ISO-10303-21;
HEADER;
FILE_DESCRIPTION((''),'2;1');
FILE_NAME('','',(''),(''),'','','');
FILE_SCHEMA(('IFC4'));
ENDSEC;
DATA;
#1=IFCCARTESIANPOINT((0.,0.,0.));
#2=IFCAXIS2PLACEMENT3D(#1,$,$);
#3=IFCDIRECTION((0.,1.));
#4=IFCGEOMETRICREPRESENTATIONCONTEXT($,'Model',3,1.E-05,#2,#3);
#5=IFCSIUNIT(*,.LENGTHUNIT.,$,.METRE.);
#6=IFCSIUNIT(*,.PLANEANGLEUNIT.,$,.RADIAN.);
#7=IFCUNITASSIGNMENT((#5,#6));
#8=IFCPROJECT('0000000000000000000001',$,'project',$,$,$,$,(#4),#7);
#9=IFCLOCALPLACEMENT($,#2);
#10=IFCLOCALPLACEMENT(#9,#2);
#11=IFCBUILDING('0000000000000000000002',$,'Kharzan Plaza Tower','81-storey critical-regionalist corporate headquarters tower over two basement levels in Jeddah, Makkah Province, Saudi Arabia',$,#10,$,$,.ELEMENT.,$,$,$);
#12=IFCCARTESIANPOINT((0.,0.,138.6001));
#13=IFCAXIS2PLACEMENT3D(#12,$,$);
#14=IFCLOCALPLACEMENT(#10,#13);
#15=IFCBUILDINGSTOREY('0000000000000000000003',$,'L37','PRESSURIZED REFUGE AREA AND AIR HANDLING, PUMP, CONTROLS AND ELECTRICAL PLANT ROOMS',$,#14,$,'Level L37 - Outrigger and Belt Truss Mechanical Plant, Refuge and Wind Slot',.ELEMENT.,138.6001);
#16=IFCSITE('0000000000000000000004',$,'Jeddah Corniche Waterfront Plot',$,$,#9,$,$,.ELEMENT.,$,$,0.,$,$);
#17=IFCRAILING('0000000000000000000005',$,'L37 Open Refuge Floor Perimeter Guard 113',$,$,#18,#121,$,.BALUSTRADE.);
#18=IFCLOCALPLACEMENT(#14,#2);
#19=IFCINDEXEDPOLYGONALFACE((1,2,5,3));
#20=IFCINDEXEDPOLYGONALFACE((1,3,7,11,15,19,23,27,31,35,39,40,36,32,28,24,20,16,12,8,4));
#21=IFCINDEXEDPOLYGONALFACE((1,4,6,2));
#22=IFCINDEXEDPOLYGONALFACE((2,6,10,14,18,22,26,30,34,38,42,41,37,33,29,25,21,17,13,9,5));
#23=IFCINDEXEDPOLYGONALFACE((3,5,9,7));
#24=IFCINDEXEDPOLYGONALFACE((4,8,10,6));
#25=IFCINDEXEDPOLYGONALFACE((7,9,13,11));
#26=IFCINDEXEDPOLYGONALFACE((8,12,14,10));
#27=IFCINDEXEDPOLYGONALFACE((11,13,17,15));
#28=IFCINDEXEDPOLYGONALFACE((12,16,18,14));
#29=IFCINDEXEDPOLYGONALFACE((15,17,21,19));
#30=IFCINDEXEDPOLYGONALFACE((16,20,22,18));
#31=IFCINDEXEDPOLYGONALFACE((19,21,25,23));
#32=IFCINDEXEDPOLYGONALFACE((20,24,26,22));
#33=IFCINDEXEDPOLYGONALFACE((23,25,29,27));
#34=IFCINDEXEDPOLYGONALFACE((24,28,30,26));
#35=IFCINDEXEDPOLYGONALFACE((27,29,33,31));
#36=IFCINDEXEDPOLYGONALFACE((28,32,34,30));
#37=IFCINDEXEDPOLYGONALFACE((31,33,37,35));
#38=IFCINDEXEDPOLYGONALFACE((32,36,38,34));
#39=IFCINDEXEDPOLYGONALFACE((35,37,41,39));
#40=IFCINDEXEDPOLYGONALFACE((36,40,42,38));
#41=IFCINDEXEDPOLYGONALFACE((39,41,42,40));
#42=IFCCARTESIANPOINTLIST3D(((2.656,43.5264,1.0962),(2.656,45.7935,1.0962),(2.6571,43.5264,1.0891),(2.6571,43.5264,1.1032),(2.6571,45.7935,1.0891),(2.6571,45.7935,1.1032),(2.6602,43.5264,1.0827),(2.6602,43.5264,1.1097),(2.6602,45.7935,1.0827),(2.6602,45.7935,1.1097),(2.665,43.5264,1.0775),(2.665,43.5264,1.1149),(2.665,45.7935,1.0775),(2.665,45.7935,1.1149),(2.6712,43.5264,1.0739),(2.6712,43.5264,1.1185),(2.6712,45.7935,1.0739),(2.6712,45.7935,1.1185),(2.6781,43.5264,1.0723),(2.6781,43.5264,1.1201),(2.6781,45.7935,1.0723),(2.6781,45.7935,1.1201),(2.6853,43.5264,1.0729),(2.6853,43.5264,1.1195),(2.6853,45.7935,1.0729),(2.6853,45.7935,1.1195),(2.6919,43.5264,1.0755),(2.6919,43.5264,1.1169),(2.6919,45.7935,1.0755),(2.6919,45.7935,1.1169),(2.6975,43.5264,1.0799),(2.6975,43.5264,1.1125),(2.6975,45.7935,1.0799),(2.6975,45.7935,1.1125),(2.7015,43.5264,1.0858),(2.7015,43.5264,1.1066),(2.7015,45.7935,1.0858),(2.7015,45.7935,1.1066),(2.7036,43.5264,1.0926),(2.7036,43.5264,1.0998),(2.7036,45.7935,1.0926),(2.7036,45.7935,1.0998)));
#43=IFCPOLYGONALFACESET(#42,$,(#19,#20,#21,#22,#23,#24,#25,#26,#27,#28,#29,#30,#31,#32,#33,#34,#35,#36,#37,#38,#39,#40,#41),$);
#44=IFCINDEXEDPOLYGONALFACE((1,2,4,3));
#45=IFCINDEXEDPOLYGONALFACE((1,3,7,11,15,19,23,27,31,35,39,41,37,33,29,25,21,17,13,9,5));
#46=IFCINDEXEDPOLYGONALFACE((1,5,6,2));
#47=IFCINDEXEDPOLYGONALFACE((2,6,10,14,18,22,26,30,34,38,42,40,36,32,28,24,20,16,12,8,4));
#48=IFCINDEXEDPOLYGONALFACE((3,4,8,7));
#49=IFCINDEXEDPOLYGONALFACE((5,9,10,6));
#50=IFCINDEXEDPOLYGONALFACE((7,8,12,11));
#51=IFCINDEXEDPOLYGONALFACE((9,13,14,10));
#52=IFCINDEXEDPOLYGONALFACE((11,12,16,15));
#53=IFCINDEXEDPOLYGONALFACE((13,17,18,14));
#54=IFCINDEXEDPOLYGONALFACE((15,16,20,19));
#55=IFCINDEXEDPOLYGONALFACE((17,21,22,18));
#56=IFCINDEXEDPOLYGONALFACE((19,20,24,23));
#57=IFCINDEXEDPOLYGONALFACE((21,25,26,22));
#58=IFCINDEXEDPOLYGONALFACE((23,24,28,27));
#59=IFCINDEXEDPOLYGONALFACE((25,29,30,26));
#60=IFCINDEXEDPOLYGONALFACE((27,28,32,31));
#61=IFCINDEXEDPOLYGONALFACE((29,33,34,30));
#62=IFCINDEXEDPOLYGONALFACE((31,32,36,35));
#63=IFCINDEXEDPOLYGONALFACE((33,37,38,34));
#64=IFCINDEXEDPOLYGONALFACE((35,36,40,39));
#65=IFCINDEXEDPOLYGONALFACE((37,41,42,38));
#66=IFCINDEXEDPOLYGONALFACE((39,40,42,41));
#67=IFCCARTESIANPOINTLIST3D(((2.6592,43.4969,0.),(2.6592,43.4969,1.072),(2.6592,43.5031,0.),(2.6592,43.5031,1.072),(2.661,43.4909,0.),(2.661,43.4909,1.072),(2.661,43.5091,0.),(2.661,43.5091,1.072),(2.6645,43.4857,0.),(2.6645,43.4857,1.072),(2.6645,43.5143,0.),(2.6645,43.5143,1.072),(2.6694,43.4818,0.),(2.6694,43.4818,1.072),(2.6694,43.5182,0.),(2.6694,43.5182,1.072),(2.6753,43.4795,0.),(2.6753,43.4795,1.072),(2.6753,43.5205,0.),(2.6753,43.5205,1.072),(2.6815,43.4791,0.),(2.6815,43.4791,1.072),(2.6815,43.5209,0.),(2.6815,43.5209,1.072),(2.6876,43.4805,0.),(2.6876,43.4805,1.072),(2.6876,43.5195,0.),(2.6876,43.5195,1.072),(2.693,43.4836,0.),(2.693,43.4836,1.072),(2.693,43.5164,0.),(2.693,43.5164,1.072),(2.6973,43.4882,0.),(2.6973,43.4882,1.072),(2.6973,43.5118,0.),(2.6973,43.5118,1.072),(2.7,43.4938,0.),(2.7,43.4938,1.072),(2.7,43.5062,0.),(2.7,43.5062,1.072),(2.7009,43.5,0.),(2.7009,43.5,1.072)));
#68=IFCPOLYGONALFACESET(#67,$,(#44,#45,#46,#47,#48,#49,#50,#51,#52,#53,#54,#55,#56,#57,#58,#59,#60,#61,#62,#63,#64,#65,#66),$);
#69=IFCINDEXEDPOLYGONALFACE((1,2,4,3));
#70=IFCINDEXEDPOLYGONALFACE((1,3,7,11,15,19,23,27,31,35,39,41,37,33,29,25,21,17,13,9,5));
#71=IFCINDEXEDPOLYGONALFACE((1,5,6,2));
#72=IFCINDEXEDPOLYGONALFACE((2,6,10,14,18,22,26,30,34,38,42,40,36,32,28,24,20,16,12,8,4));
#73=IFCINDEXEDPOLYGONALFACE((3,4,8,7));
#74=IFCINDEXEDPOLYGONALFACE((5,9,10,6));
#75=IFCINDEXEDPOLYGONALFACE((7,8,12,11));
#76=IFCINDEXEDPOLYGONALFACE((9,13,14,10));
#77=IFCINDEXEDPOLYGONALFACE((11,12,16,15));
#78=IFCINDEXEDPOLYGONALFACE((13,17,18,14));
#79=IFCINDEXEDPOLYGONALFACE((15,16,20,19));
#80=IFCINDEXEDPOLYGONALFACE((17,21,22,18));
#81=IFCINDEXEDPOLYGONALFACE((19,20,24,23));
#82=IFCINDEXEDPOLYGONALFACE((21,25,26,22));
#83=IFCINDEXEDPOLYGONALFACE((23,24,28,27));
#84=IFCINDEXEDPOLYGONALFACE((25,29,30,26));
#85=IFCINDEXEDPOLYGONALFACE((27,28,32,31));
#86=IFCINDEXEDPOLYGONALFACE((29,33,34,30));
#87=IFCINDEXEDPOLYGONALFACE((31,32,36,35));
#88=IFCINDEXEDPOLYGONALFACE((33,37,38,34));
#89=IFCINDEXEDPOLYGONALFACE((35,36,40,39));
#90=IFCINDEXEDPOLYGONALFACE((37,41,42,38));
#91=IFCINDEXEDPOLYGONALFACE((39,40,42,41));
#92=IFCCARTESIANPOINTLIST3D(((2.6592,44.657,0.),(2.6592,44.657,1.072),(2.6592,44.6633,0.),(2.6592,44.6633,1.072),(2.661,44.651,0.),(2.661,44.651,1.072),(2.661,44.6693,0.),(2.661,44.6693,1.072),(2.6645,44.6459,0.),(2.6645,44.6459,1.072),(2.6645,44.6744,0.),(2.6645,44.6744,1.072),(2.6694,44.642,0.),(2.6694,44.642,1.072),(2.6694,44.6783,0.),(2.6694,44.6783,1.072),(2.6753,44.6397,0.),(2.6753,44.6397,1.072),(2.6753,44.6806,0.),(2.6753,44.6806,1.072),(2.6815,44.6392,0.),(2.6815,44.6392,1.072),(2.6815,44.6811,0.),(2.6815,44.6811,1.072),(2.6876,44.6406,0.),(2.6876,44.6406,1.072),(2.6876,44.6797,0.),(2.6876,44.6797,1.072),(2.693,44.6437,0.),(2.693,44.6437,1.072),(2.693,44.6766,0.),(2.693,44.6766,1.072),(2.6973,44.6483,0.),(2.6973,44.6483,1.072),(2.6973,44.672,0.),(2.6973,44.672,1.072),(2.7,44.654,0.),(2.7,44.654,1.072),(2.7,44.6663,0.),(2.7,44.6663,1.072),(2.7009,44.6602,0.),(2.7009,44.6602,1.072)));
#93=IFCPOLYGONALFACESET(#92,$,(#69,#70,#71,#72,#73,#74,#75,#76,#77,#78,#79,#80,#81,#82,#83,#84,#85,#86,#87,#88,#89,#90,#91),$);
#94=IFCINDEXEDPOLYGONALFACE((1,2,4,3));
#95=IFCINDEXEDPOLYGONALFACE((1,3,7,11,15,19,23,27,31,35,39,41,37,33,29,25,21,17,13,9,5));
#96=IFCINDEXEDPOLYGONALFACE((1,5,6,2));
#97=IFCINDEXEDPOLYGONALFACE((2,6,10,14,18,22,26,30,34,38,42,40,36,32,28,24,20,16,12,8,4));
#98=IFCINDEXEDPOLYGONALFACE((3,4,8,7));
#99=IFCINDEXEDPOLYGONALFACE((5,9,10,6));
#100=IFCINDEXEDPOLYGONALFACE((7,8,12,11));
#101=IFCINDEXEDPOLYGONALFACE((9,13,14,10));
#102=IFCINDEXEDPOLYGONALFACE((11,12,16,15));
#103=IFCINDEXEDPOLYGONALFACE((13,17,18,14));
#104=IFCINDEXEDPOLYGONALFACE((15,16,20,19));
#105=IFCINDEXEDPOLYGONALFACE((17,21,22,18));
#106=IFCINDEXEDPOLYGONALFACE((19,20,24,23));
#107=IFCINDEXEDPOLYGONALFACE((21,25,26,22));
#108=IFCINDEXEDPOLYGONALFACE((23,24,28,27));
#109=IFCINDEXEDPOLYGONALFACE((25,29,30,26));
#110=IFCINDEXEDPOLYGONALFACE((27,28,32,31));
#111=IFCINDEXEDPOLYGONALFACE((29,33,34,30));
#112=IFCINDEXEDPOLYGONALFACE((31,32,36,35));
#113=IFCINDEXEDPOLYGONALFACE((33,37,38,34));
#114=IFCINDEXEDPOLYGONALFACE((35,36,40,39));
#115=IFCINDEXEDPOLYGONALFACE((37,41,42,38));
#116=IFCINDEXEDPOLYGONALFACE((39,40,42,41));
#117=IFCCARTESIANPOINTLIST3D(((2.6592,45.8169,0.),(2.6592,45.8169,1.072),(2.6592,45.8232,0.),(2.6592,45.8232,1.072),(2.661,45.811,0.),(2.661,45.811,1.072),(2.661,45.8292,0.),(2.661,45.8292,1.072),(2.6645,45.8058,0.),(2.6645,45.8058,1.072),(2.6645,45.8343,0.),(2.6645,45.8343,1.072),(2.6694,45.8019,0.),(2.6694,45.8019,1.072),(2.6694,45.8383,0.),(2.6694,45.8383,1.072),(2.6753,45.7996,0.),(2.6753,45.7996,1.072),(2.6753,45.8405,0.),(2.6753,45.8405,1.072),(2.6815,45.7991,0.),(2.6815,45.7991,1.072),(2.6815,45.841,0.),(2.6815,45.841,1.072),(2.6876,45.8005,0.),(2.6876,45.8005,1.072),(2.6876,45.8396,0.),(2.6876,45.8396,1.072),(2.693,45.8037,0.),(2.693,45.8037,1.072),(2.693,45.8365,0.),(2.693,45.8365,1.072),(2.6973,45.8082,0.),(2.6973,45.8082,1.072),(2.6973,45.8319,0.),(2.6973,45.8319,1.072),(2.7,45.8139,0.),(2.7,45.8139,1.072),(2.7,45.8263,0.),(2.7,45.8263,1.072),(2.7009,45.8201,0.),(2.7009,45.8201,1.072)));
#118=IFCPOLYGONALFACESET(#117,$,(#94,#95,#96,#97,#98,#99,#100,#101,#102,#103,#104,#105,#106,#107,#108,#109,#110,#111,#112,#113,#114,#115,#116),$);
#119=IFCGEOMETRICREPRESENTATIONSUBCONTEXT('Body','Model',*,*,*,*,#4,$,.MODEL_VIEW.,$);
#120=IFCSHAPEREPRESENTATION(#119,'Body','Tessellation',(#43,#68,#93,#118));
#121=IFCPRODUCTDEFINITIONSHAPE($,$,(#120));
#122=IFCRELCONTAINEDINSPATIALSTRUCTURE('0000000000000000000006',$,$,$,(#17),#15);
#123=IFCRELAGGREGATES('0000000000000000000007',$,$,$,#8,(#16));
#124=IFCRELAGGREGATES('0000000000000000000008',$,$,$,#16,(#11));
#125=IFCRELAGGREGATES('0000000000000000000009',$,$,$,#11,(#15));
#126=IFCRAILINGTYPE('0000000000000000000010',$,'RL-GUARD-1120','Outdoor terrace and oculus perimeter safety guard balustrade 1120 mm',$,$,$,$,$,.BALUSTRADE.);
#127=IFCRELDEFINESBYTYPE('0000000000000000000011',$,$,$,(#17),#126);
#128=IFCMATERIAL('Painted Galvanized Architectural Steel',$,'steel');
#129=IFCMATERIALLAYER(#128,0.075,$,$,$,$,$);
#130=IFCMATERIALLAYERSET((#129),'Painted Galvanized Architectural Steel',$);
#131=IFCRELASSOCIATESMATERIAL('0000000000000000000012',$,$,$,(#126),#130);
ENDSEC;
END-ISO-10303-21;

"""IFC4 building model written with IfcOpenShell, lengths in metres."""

from ifc_helpers import new_model, si_unit, direction, frame, origin, origin_2d, place, context, subcontext, project, spatial, circle, extrude, source, transform, mapped, material, layer, layer_set, type_object, element, save


model = new_model("IFC4")

# Units and contexts
model_context = context("Model", 3, precision=1e-05, world=origin(), true_north=direction((0.0, 1.0)))
body_context = subcontext(model_context, "Body", "Model", "MODEL_VIEW")
ifc_project = project(units=[si_unit("LENGTHUNIT", "METRE"), si_unit("PLANEANGLEUNIT", "RADIAN")], contexts=[model_context])

# Site, building, storey
site_placement = place(None, origin())
site = spatial("IfcSite", under=ifc_project, at=site_placement, Name="Jeddah Corniche Waterfront Plot", CompositionType="ELEMENT", RefElevation=0.0)
building_placement = place(site_placement, origin())
building = spatial("IfcBuilding", under=site, at=building_placement, Name="Kharzan Plaza Tower", Description="81-storey critical-regionalist corporate headquarters tower over two basement levels in Jeddah, Makkah Province, Saudi Arabia", CompositionType="ELEMENT")
storey_placement = place(building_placement, frame((0.0, 0.0, 138.6001)))
storey = spatial("IfcBuildingStorey", under=building, at=storey_placement, Name="L37", Description="PRESSURIZED REFUGE AREA AND AIR HANDLING, PUMP, CONTROLS AND ELECTRICAL PLANT ROOMS", LongName="Level L37 - Outrigger and Belt Truss Mechanical Plant, Refuge and Wind Slot", CompositionType="ELEMENT", Elevation=138.6001)

# Railing
ifc_material_1 = material(Name="Painted Galvanized Architectural Steel", Category="steel")
ifc_layer = layer(ifc_material_1, 0.075)
ifc_layer_set = layer_set([ifc_layer], Name="Painted Galvanized Architectural Steel")
railing_type = type_object("IfcRailingType", Name="RL-GUARD-1120", Description="Outdoor terrace and oculus perimeter safety guard balustrade 1120 mm", PredefinedType="BALUSTRADE", material=ifc_layer_set)
shared_shape_1 = source(origin(), body_context, "Body", "SweptSolid", [
    extrude(circle(Radius=0.0239, at=origin_2d()), frame((0.0, 0.0264, 1.0962), z_axis=(0.0, 1.0, 0.0), x_axis=(-1.0, 0.0, 0.0)), (0.0, 0.0, 1.0), 2.2671),
    extrude(circle(Radius=0.021, at=origin_2d()), origin(), (0.0, 0.0, 1.0), 1.072),
    extrude(circle(Radius=0.021, at=origin_2d()), frame((0.0, 1.1602, 0.0)), (0.0, 0.0, 1.0), 1.072),
    extrude(circle(Radius=0.021, at=origin_2d()), frame((0.0, 2.3201, 0.0)), (0.0, 0.0, 1.0), 1.072),
])
railing_1_placement = place(storey_placement, frame((2.6799, 43.5, 0.0)))
element("IfcRailing", 1, at=railing_1_placement, inside=storey, type_object=railing_type, Name="L37 Open Refuge Floor Perimeter Guard 113", PredefinedType="BALUSTRADE", context=body_context, shape_type="MappedRepresentation", body=[
    mapped(shared_shape_1, transform((0.0, 0.0, 0.0), x_axis=(1.0, 0.0, 0.0), y_axis=(0.0, 1.0, 0.0), z_axis=(0.0, 0.0, 1.0))),
])

save(model, "model.ifc")
